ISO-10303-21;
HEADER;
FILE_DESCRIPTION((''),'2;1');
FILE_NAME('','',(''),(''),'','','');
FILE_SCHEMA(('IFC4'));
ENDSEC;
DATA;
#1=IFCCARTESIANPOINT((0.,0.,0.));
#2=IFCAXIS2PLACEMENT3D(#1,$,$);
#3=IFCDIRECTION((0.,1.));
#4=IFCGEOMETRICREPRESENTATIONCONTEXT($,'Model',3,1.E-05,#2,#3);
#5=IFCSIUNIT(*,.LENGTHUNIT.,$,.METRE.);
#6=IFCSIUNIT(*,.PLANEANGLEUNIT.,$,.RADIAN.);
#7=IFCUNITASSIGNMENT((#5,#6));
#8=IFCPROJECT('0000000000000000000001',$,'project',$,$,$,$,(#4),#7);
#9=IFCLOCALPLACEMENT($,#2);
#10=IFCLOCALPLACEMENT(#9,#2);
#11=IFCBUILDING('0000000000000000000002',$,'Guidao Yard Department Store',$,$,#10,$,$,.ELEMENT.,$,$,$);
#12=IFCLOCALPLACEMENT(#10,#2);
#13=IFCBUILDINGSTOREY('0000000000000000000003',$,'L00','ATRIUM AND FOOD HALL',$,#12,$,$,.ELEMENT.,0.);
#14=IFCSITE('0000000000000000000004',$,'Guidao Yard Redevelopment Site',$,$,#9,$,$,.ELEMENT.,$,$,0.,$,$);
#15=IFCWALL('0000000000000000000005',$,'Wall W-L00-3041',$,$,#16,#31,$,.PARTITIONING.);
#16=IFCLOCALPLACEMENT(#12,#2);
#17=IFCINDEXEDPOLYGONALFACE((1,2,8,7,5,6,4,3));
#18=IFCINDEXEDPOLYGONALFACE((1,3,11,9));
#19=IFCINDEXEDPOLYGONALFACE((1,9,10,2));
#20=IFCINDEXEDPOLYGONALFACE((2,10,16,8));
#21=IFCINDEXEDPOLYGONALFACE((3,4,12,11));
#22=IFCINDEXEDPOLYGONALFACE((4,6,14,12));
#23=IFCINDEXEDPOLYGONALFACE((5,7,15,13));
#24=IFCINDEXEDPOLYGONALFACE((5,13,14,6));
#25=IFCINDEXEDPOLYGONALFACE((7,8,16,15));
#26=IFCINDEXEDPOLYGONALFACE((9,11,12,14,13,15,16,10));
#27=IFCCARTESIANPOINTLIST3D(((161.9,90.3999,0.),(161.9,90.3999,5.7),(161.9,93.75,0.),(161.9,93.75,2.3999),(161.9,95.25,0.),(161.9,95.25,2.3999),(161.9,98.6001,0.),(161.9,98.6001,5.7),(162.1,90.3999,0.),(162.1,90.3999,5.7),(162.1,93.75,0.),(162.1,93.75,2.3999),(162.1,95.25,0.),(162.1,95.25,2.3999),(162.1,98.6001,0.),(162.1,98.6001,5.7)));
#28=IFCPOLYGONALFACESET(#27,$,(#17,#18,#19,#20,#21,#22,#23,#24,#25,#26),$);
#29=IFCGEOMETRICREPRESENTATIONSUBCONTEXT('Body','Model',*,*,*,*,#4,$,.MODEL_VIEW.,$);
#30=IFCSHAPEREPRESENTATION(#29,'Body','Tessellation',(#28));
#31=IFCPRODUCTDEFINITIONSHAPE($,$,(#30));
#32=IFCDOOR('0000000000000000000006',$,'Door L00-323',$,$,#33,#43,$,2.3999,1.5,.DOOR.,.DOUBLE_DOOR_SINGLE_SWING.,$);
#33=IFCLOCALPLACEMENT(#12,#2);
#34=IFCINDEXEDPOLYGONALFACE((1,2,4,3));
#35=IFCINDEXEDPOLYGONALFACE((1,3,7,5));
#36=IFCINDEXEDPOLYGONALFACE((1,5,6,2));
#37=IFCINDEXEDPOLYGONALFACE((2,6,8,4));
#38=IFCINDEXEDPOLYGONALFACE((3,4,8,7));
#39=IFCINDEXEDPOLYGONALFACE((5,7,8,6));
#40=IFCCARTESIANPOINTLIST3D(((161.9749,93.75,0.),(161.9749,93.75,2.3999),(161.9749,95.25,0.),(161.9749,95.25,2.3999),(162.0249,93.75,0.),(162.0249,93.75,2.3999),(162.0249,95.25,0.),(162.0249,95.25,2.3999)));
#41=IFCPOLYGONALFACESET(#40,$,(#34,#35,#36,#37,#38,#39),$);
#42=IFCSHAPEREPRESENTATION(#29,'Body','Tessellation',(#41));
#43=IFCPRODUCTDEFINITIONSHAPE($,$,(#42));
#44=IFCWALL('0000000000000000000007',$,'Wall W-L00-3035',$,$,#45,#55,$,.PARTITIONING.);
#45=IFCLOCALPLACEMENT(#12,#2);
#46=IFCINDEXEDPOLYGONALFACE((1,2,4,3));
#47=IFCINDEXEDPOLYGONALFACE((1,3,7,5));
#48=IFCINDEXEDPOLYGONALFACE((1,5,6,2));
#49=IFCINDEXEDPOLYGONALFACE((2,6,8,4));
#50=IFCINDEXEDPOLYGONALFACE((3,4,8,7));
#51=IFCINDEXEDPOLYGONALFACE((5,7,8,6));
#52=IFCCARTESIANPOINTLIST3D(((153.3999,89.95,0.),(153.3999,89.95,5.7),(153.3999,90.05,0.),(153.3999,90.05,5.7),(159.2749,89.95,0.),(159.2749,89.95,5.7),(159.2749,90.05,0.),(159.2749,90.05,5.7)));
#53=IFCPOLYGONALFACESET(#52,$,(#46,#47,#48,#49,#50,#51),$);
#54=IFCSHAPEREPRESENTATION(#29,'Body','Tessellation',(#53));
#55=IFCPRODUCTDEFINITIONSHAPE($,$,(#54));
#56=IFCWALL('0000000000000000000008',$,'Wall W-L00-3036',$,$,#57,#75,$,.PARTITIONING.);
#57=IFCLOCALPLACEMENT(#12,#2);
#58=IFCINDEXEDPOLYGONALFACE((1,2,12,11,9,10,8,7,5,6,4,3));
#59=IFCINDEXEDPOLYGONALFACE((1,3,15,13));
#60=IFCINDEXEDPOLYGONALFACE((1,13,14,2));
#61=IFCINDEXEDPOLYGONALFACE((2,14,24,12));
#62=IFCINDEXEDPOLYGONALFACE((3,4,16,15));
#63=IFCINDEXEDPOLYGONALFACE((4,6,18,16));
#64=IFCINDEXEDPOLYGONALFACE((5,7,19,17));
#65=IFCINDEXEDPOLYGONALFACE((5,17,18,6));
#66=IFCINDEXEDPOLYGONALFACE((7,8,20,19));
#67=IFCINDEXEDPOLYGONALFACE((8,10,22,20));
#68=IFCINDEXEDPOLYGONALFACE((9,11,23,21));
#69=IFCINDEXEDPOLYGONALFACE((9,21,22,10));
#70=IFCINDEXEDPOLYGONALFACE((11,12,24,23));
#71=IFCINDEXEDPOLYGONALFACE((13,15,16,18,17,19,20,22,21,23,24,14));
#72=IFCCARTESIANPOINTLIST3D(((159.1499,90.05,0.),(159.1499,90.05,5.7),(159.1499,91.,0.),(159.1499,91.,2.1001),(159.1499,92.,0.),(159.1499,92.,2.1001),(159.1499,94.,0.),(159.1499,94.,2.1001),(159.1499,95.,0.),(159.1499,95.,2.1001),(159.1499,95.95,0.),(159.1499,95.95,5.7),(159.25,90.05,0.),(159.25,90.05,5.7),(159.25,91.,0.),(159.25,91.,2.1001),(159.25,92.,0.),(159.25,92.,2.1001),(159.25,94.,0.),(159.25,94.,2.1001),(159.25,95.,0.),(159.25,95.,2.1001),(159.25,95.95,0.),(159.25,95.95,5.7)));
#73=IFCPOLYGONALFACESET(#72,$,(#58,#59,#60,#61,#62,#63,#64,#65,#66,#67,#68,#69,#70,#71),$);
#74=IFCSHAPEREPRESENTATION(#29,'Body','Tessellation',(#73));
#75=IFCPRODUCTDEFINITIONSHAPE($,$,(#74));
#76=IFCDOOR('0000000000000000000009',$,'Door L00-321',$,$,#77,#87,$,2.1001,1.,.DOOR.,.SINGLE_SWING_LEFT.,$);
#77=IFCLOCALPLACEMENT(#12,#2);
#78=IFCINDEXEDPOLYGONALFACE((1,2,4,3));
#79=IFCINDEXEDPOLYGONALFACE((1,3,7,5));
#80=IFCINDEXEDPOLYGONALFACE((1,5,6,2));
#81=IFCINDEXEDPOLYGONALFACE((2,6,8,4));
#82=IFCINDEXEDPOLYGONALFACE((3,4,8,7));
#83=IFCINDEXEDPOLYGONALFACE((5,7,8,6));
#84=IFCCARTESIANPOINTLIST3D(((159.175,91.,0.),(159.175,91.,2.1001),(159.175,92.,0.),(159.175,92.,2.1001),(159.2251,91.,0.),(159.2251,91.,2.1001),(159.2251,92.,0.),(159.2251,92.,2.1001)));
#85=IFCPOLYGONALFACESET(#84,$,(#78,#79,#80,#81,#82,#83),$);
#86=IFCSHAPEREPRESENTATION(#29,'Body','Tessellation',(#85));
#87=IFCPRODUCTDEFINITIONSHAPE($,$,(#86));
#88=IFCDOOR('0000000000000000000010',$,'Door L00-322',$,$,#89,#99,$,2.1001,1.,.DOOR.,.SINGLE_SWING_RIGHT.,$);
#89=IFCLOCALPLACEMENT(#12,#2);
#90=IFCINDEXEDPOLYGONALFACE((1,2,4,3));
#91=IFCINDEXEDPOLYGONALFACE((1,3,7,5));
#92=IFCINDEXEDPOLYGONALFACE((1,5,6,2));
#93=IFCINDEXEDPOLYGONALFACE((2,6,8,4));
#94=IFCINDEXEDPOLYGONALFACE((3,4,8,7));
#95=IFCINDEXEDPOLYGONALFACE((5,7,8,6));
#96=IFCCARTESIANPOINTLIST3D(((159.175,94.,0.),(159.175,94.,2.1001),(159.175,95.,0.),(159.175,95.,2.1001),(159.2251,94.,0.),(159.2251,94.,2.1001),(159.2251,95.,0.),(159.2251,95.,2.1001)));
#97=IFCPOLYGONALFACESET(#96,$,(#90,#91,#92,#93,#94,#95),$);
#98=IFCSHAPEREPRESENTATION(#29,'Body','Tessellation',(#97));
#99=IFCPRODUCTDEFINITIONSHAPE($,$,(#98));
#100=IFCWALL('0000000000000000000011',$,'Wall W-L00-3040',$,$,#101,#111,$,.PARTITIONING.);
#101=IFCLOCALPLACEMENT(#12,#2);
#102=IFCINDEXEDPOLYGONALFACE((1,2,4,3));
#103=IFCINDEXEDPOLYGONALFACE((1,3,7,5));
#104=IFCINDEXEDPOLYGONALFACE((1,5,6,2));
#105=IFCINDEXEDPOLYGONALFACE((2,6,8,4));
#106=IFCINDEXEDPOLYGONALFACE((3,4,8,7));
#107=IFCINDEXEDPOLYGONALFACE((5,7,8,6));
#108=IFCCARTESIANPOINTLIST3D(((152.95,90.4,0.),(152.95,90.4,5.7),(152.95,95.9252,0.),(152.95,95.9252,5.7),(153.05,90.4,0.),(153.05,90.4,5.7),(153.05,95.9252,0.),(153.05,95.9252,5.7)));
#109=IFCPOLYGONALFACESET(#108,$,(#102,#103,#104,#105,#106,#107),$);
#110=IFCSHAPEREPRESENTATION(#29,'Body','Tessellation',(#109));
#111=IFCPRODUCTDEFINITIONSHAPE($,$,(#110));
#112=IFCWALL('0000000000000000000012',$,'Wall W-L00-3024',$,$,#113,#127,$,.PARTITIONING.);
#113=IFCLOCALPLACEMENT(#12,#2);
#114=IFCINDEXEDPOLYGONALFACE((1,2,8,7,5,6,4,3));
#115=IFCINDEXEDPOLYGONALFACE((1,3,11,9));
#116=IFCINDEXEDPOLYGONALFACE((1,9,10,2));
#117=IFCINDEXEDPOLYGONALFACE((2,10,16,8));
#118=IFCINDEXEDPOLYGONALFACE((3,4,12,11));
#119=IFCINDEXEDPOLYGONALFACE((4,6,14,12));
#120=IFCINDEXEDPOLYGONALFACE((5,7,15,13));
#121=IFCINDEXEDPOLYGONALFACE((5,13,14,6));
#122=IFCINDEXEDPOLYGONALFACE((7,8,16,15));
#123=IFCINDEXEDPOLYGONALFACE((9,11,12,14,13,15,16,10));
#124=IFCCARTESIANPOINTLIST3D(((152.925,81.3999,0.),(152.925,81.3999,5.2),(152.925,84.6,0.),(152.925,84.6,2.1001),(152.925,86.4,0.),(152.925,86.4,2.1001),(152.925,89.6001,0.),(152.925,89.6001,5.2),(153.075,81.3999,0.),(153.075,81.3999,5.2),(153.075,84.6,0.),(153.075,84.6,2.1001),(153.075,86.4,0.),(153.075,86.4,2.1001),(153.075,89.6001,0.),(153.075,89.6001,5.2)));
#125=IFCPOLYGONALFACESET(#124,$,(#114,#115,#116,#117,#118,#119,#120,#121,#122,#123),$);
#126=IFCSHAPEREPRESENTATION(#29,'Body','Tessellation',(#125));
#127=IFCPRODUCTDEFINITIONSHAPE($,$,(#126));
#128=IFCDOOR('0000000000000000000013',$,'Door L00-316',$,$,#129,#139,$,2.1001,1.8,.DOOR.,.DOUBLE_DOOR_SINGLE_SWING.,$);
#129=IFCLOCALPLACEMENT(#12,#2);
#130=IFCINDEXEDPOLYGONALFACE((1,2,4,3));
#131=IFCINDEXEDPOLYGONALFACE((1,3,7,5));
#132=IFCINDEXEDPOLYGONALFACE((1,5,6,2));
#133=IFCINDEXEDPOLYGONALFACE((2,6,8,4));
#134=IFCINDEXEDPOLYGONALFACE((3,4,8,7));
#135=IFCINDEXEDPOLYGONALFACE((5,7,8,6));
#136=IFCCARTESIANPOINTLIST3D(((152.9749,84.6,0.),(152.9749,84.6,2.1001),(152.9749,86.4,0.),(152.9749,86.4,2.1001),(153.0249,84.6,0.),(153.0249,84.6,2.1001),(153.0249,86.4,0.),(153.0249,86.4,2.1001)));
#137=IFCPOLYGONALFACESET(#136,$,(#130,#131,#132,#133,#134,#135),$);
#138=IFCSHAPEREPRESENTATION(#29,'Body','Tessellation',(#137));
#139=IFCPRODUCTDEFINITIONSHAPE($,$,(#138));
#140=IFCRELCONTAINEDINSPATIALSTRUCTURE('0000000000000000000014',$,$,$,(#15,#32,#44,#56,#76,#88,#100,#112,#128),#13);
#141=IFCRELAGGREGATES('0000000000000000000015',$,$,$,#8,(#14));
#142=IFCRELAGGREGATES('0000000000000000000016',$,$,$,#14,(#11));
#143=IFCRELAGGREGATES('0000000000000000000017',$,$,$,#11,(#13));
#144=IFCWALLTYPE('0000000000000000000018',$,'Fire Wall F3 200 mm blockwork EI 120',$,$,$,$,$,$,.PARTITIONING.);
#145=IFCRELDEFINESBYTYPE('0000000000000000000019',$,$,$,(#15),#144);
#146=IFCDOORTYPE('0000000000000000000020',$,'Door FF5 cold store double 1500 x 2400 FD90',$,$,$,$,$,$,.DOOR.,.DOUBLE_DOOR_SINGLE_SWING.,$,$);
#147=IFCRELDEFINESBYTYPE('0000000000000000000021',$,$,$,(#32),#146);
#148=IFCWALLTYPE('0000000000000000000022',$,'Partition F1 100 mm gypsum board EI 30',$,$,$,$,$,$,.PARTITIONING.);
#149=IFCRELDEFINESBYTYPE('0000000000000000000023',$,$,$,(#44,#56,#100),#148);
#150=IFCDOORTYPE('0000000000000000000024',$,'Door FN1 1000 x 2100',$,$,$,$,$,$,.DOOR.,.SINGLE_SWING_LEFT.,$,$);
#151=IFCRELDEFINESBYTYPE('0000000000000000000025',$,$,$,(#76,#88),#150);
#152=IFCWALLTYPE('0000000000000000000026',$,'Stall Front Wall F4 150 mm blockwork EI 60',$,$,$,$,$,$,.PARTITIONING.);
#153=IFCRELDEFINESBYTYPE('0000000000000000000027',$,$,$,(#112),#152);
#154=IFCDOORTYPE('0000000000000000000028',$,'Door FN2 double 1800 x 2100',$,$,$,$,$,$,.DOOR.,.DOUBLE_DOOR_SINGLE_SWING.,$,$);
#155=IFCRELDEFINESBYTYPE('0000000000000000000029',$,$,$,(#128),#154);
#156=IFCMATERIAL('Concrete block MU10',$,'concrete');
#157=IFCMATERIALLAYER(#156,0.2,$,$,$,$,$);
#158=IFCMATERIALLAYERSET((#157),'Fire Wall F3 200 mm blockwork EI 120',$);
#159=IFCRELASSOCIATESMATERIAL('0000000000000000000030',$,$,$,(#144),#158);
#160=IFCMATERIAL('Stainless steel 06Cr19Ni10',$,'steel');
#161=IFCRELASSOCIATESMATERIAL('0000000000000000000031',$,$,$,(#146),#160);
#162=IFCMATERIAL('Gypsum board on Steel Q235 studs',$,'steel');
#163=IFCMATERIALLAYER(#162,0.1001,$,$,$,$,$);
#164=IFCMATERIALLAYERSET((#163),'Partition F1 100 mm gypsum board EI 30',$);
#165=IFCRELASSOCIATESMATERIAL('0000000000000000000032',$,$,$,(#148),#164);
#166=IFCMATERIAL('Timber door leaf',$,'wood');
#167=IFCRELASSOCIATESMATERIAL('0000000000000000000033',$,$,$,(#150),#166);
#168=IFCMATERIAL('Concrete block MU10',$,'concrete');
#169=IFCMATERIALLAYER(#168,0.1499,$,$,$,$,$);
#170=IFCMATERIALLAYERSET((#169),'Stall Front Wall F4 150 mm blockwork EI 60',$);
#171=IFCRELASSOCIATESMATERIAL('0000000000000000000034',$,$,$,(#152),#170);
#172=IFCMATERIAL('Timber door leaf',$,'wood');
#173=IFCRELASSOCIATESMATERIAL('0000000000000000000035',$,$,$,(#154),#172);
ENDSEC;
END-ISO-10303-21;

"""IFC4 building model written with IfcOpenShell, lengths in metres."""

from ifc_helpers import new_model, si_unit, direction, frame, frame_2d, origin, place, context, subcontext, project, spatial, rectangle, extrude, material, layer, layer_set, type_object, element, fill, save


model = new_model("IFC4")

# Units and contexts
model_context = context("Model", 3, precision=1e-05, world=origin(), true_north=direction((0.0, 1.0)))
body_context = subcontext(model_context, "Body", "Model", "MODEL_VIEW")
ifc_project = project(units=[si_unit("LENGTHUNIT", "METRE"), si_unit("PLANEANGLEUNIT", "RADIAN")], contexts=[model_context])

# Site, building, storey
site_placement = place(None, origin())
site = spatial("IfcSite", under=ifc_project, at=site_placement, Name="Guidao Yard Redevelopment Site", CompositionType="ELEMENT", RefElevation=0.0)
building_placement = place(site_placement, origin())
building = spatial("IfcBuilding", under=site, at=building_placement, Name="Guidao Yard Department Store", CompositionType="ELEMENT")
storey_placement = place(building_placement, origin())
storey = spatial("IfcBuildingStorey", under=building, at=storey_placement, Name="L00", Description="ATRIUM AND FOOD HALL", CompositionType="ELEMENT", Elevation=0.0)

# Shared definitions
ifc_material_1 = material(Name="Concrete block MU10", Category="concrete")
ifc_layer_1 = layer(ifc_material_1, 0.2)
ifc_layer_set_1 = layer_set([ifc_layer_1], Name="Fire Wall F3 200 mm blockwork EI 120")
wall_type_1 = type_object("IfcWallType", Name="Fire Wall F3 200 mm blockwork EI 120", PredefinedType="PARTITIONING", material=ifc_layer_set_1)

# Wall, opening, door
wall_1_placement = place(storey_placement, frame((162.0, 90.3999, 0.0), z_axis=(0.0, 0.0, 1.0), x_axis=(0.0, 1.0, 0.0)))
wall_1 = element("IfcWall", 1, at=wall_1_placement, inside=storey, type_object=wall_type_1, Name="Wall W-L00-3041", PredefinedType="PARTITIONING", context=body_context, shape_type="SweptSolid", body=[
    extrude(rectangle(XDim=8.2002, YDim=0.2, at=frame_2d((4.1001, 0.0))), origin(), (0.0, 0.0, 1.0), 5.7),
])
opening_1_placement = place(wall_1_placement, frame((4.8501, 0.0, 0.0), z_axis=(0.0, 0.0, 1.0), x_axis=(-1.0, 0.0, 0.0)))
opening_1 = element("IfcOpeningElement", 2, at=opening_1_placement, cuts=wall_1, PredefinedType="OPENING", context=body_context, shape_type="SweptSolid", body=[
    extrude(rectangle(XDim=1.5, YDim=2.3999, at=frame_2d((0.75, 1.2))), frame((0.0, 0.1099, 0.0), z_axis=(0.0, -1.0, 0.0), x_axis=(1.0, 0.0, 0.0)), (0.0, 0.0, 1.0), 0.22),
])
ifc_material_2 = material(Name="Stainless steel 06Cr19Ni10", Category="steel")
door_type_1 = type_object("IfcDoorType", Name="Door FF5 cold store double 1500 x 2400 FD90", OperationType="DOUBLE_DOOR_SINGLE_SWING", PredefinedType="DOOR", material=ifc_material_2)
door_1_placement = place(opening_1_placement, origin())
door_1 = element("IfcDoor", 3, at=door_1_placement, inside=storey, type_object=door_type_1, Name="Door L00-323", OperationType="DOUBLE_DOOR_SINGLE_SWING", OverallHeight=2.3999, OverallWidth=1.5, PredefinedType="DOOR", context=body_context, shape_type="SweptSolid", body=[
    extrude(rectangle(XDim=1.5, YDim=2.3999, at=frame_2d((0.75, 1.2))), frame((0.0, 0.0249, 0.0), z_axis=(0.0, -1.0, 0.0), x_axis=(1.0, 0.0, 0.0)), (0.0, 0.0, 1.0), 0.05),
])
fill(opening_1, door_1)

# Wall
ifc_material_3 = material(Name="Gypsum board on Steel Q235 studs", Category="steel")
ifc_layer_2 = layer(ifc_material_3, 0.1001)
ifc_layer_set_2 = layer_set([ifc_layer_2], Name="Partition F1 100 mm gypsum board EI 30")
wall_type_2 = type_object("IfcWallType", Name="Partition F1 100 mm gypsum board EI 30", PredefinedType="PARTITIONING", material=ifc_layer_set_2)
wall_2_placement = place(storey_placement, frame((153.3999, 90.0, 0.0), z_axis=(0.0, 0.0, 1.0), x_axis=(1.0, 0.0, 0.0)))
element("IfcWall", 4, at=wall_2_placement, inside=storey, type_object=wall_type_2, Name="Wall W-L00-3035", PredefinedType="PARTITIONING", context=body_context, shape_type="SweptSolid", body=[
    extrude(rectangle(XDim=5.875, YDim=0.1001, at=frame_2d((2.9375, 0.0))), origin(), (0.0, 0.0, 1.0), 5.7),
])

# Wall, openings, doors
wall_3_placement = place(storey_placement, frame((159.2, 90.05, 0.0), z_axis=(0.0, 0.0, 1.0), x_axis=(0.0, 1.0, 0.0)))
wall_3 = element("IfcWall", 5, at=wall_3_placement, inside=storey, type_object=wall_type_2, Name="Wall W-L00-3036", PredefinedType="PARTITIONING", context=body_context, shape_type="SweptSolid", body=[
    extrude(rectangle(XDim=5.8999, YDim=0.1001, at=frame_2d((2.95, 0.0))), origin(), (0.0, 0.0, 1.0), 5.7),
])
opening_2_placement = place(wall_3_placement, frame((0.95, 0.0, 0.0)))
opening_2 = element("IfcOpeningElement", 6, at=opening_2_placement, cuts=wall_3, PredefinedType="OPENING", context=body_context, shape_type="SweptSolid", body=[
    extrude(rectangle(XDim=1.0, YDim=2.1001, at=frame_2d((0.5, 1.05))), frame((0.0, 0.0601, 0.0), z_axis=(0.0, -1.0, 0.0), x_axis=(1.0, 0.0, 0.0)), (0.0, 0.0, 1.0), 0.1201),
])
opening_3_placement = place(wall_3_placement, frame((3.95, 0.0, 0.0)))
opening_3 = element("IfcOpeningElement", 7, at=opening_3_placement, cuts=wall_3, PredefinedType="OPENING", context=body_context, shape_type="SweptSolid", body=[
    extrude(rectangle(XDim=1.0, YDim=2.1001, at=frame_2d((0.5, 1.05))), frame((0.0, 0.0601, 0.0), z_axis=(0.0, -1.0, 0.0), x_axis=(1.0, 0.0, 0.0)), (0.0, 0.0, 1.0), 0.1201),
])
ifc_material_4 = material(Name="Timber door leaf", Category="wood")
door_type_2 = type_object("IfcDoorType", Name="Door FN1 1000 x 2100", OperationType="SINGLE_SWING_LEFT", PredefinedType="DOOR", material=ifc_material_4)
door_2_placement = place(opening_2_placement, origin())
door_2 = element("IfcDoor", 8, at=door_2_placement, inside=storey, type_object=door_type_2, Name="Door L00-321", OperationType="SINGLE_SWING_LEFT", OverallHeight=2.1001, OverallWidth=1.0, PredefinedType="DOOR", context=body_context, shape_type="SweptSolid", body=[
    extrude(rectangle(XDim=1.0, YDim=2.1001, at=frame_2d((0.5, 1.05))), frame((0.0, 0.0249, 0.0), z_axis=(0.0, -1.0, 0.0), x_axis=(1.0, 0.0, 0.0)), (0.0, 0.0, 1.0), 0.05),
])
fill(opening_2, door_2)
door_3_placement = place(opening_3_placement, origin())
door_3 = element("IfcDoor", 9, at=door_3_placement, inside=storey, type_object=door_type_2, Name="Door L00-322", OperationType="SINGLE_SWING_RIGHT", OverallHeight=2.1001, OverallWidth=1.0, PredefinedType="DOOR", context=body_context, shape_type="SweptSolid", body=[
    extrude(rectangle(XDim=1.0, YDim=2.1001, at=frame_2d((0.5, 1.05))), frame((0.0, 0.0249, 0.0), z_axis=(0.0, -1.0, 0.0), x_axis=(1.0, 0.0, 0.0)), (0.0, 0.0, 1.0), 0.05),
])
fill(opening_3, door_3)

# Wall
wall_4_placement = place(storey_placement, frame((153.0, 90.3999, 0.0), z_axis=(0.0, 0.0, 1.0), x_axis=(0.0, 1.0, 0.0)))
element("IfcWall", 10, at=wall_4_placement, inside=storey, type_object=wall_type_2, Name="Wall W-L00-3040", PredefinedType="PARTITIONING", context=body_context, shape_type="SweptSolid", body=[
    extrude(rectangle(XDim=5.5251, YDim=0.1001, at=frame_2d((2.7627, 0.0))), origin(), (0.0, 0.0, 1.0), 5.7),
])

# Wall, opening, door
ifc_material_5 = material(Name="Concrete block MU10", Category="concrete")
ifc_layer_3 = layer(ifc_material_5, 0.1499)
ifc_layer_set_3 = layer_set([ifc_layer_3], Name="Stall Front Wall F4 150 mm blockwork EI 60")
wall_type_3 = type_object("IfcWallType", Name="Stall Front Wall F4 150 mm blockwork EI 60", PredefinedType="PARTITIONING", material=ifc_layer_set_3)
wall_5_placement = place(storey_placement, frame((153.0, 81.3999, 0.0), z_axis=(0.0, 0.0, 1.0), x_axis=(0.0, 1.0, 0.0)))
wall_5 = element("IfcWall", 11, at=wall_5_placement, inside=storey, type_object=wall_type_3, Name="Wall W-L00-3024", PredefinedType="PARTITIONING", context=body_context, shape_type="SweptSolid", body=[
    extrude(rectangle(XDim=8.2002, YDim=0.1499, at=frame_2d((4.1001, 0.0))), origin(), (0.0, 0.0, 1.0), 5.2),
])
opening_4_placement = place(wall_5_placement, frame((5.0, 0.0, 0.0), z_axis=(0.0, 0.0, 1.0), x_axis=(-1.0, 0.0, 0.0)))
opening_4 = element("IfcOpeningElement", 12, at=opening_4_placement, cuts=wall_5, PredefinedType="OPENING", context=body_context, shape_type="SweptSolid", body=[
    extrude(rectangle(XDim=1.8, YDim=2.1001, at=frame_2d((0.8999, 1.05))), frame((0.0, 0.085, 0.0), z_axis=(0.0, -1.0, 0.0), x_axis=(1.0, 0.0, 0.0)), (0.0, 0.0, 1.0), 0.1699),
])
ifc_material_6 = material(Name="Timber door leaf", Category="wood")
door_type_3 = type_object("IfcDoorType", Name="Door FN2 double 1800 x 2100", OperationType="DOUBLE_DOOR_SINGLE_SWING", PredefinedType="DOOR", material=ifc_material_6)
door_4_placement = place(opening_4_placement, origin())
door_4 = element("IfcDoor", 13, at=door_4_placement, inside=storey, type_object=door_type_3, Name="Door L00-316", OperationType="DOUBLE_DOOR_SINGLE_SWING", OverallHeight=2.1001, OverallWidth=1.8, PredefinedType="DOOR", context=body_context, shape_type="SweptSolid", body=[
    extrude(rectangle(XDim=1.8, YDim=2.1001, at=frame_2d((0.8999, 1.05))), frame((0.0, 0.0249, 0.0), z_axis=(0.0, -1.0, 0.0), x_axis=(1.0, 0.0, 0.0)), (0.0, 0.0, 1.0), 0.05),
])
fill(opening_4, door_4)

save(model, "model.ifc")
